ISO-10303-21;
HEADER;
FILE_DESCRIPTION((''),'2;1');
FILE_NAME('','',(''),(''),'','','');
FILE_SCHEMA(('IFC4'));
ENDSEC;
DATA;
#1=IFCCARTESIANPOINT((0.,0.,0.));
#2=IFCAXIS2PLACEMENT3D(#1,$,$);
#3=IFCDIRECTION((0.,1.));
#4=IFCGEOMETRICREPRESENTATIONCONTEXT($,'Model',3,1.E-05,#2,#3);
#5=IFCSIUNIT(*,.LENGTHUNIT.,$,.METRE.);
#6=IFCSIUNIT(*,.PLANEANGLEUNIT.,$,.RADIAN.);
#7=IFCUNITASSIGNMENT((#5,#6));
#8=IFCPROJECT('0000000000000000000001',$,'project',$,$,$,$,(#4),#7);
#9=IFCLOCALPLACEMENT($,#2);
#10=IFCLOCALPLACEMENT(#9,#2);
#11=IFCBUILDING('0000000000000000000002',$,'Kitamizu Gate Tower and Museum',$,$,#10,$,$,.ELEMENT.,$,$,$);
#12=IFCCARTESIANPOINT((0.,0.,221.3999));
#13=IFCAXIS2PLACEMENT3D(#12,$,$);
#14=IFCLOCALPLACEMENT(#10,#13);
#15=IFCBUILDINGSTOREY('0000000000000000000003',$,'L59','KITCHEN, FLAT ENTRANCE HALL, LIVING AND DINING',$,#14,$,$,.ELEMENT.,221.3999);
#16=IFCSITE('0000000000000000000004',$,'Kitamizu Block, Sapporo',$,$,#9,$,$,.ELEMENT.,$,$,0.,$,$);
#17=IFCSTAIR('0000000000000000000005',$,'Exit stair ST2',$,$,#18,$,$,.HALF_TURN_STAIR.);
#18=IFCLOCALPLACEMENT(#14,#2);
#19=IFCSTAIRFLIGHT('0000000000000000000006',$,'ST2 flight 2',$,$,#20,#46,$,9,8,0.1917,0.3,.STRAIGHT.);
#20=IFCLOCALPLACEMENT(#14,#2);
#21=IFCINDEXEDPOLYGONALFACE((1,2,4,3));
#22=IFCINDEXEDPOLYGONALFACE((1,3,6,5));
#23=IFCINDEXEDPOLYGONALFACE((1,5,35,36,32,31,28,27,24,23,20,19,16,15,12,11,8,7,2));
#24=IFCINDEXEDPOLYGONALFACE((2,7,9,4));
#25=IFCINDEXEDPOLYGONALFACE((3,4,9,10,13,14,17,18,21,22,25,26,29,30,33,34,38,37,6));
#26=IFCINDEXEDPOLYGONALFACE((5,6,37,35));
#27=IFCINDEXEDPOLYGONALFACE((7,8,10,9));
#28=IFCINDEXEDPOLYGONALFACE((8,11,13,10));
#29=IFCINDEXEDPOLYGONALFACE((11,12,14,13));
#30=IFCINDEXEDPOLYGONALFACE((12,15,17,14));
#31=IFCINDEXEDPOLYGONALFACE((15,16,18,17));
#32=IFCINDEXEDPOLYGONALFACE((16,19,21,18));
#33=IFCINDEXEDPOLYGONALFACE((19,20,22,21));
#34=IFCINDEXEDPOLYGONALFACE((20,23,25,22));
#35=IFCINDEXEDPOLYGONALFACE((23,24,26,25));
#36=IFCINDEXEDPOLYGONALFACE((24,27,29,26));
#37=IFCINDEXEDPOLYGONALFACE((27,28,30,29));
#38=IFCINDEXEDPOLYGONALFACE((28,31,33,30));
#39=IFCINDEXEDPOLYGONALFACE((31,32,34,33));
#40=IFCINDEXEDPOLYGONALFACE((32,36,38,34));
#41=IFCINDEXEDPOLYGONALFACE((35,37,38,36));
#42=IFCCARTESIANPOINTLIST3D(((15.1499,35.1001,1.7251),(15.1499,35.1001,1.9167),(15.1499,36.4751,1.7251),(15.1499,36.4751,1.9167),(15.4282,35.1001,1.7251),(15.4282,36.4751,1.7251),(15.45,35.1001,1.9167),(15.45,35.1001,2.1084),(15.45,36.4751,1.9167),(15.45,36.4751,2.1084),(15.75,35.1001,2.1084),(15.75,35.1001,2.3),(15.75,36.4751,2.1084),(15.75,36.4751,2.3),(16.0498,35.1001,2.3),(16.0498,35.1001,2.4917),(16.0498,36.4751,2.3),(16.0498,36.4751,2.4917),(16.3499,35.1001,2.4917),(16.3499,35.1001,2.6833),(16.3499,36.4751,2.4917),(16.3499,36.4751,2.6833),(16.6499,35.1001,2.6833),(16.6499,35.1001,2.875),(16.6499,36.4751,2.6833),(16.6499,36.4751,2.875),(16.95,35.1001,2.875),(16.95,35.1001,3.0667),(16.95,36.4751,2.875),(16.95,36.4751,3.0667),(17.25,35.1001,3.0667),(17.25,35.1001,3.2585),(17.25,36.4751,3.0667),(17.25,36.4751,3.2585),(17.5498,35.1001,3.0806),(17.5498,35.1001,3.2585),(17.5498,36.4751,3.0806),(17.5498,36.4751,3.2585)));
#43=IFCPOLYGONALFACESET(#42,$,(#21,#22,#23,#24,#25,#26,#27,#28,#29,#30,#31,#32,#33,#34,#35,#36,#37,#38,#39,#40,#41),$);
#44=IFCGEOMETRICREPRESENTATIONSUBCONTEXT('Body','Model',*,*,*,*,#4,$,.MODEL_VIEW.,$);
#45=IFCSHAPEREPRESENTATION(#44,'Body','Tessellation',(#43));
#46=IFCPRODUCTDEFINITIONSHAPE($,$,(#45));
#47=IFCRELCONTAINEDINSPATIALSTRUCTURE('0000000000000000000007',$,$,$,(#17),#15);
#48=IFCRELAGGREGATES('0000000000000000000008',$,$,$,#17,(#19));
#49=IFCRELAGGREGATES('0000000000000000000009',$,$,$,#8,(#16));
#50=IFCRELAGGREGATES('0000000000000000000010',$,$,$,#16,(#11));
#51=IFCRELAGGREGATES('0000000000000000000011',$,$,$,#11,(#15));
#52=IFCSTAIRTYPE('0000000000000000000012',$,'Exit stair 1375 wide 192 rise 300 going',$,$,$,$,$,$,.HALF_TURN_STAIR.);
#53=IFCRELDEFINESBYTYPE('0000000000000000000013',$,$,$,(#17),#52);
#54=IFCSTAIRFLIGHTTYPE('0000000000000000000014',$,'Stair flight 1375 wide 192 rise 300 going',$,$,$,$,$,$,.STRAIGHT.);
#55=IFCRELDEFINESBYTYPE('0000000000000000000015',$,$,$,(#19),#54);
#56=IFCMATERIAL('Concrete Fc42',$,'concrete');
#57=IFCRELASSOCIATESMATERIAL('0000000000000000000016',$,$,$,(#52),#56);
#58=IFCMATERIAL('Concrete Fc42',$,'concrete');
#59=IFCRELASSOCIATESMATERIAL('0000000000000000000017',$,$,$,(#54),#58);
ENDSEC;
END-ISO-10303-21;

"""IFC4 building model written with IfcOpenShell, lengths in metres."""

from ifc_helpers import new_model, si_unit, direction, frame, origin, place, context, subcontext, project, spatial, polyline, outline, extrude, material, type_object, element, aggregate, save


model = new_model("IFC4")

# Units and contexts
model_context = context("Model", 3, precision=1e-05, world=origin(), true_north=direction((0.0, 1.0)))
body_context = subcontext(model_context, "Body", "Model", "MODEL_VIEW")
ifc_project = project(units=[si_unit("LENGTHUNIT", "METRE"), si_unit("PLANEANGLEUNIT", "RADIAN")], contexts=[model_context])

# Site, building, storey
site_placement = place(None, origin())
site = spatial("IfcSite", under=ifc_project, at=site_placement, Name="Kitamizu Block, Sapporo", CompositionType="ELEMENT", RefElevation=0.0)
building_placement = place(site_placement, origin())
building = spatial("IfcBuilding", under=site, at=building_placement, Name="Kitamizu Gate Tower and Museum", CompositionType="ELEMENT")
storey_placement = place(building_placement, frame((0.0, 0.0, 221.3999)))
storey = spatial("IfcBuildingStorey", under=building, at=storey_placement, Name="L59", Description="KITCHEN, FLAT ENTRANCE HALL, LIVING AND DINING", CompositionType="ELEMENT", Elevation=221.3999)

# Stair, stair flight
ifc_material_1 = material(Name="Concrete Fc42", Category="concrete")
stair_type = type_object("IfcStairType", Name="Exit stair 1375 wide 192 rise 300 going", PredefinedType="HALF_TURN_STAIR", material=ifc_material_1)
stair_placement = place(storey_placement, origin())
stair = element("IfcStair", 1, at=stair_placement, inside=storey, type_object=stair_type, Name="Exit stair ST2", PredefinedType="HALF_TURN_STAIR")
ifc_material_2 = material(Name="Concrete Fc42", Category="concrete")
stair_flight_type = type_object("IfcStairFlightType", Name="Stair flight 1375 wide 192 rise 300 going", PredefinedType="STRAIGHT", material=ifc_material_2)
stair_flight_placement = place(storey_placement, frame((15.1499, 35.7876, 1.7251), z_axis=(0.0, 0.0, 1.0), x_axis=(1.0, 0.0, 0.0)))
stair_flight = element("IfcStairFlight", 2, at=stair_flight_placement, type_object=stair_flight_type, Name="ST2 flight 2", NumberOfRisers=9, NumberOfTreads=8, PredefinedType="STRAIGHT", RiserHeight=0.1917, TreadLength=0.3, context=body_context, shape_type="SweptSolid", body=[
    extrude(outline(polyline([(0.0, 0.0), (0.0, 0.1917), (0.3, 0.1917), (0.3, 0.3833), (0.6001, 0.3833), (0.6001, 0.575), (0.8999, 0.575), (0.8999, 0.7666), (1.2, 0.7666), (1.2, 0.9583), (1.5, 0.9583), (1.5, 1.1499), (1.8, 1.1499), (1.8, 1.3416), (2.1001, 1.3416), (2.1001, 1.5334), (2.3999, 1.5334), (2.3999, 1.7251), (2.3999, 1.3555), (0.2783, 0.0), (0.0, 0.0)])), frame((0.0, 0.6875, 0.0), z_axis=(0.0, -1.0, 0.0), x_axis=(1.0, 0.0, 0.0)), (0.0, 0.0, 1.0), 1.375),
])
aggregate(stair, [stair_flight])

save(model, "model.ifc")
